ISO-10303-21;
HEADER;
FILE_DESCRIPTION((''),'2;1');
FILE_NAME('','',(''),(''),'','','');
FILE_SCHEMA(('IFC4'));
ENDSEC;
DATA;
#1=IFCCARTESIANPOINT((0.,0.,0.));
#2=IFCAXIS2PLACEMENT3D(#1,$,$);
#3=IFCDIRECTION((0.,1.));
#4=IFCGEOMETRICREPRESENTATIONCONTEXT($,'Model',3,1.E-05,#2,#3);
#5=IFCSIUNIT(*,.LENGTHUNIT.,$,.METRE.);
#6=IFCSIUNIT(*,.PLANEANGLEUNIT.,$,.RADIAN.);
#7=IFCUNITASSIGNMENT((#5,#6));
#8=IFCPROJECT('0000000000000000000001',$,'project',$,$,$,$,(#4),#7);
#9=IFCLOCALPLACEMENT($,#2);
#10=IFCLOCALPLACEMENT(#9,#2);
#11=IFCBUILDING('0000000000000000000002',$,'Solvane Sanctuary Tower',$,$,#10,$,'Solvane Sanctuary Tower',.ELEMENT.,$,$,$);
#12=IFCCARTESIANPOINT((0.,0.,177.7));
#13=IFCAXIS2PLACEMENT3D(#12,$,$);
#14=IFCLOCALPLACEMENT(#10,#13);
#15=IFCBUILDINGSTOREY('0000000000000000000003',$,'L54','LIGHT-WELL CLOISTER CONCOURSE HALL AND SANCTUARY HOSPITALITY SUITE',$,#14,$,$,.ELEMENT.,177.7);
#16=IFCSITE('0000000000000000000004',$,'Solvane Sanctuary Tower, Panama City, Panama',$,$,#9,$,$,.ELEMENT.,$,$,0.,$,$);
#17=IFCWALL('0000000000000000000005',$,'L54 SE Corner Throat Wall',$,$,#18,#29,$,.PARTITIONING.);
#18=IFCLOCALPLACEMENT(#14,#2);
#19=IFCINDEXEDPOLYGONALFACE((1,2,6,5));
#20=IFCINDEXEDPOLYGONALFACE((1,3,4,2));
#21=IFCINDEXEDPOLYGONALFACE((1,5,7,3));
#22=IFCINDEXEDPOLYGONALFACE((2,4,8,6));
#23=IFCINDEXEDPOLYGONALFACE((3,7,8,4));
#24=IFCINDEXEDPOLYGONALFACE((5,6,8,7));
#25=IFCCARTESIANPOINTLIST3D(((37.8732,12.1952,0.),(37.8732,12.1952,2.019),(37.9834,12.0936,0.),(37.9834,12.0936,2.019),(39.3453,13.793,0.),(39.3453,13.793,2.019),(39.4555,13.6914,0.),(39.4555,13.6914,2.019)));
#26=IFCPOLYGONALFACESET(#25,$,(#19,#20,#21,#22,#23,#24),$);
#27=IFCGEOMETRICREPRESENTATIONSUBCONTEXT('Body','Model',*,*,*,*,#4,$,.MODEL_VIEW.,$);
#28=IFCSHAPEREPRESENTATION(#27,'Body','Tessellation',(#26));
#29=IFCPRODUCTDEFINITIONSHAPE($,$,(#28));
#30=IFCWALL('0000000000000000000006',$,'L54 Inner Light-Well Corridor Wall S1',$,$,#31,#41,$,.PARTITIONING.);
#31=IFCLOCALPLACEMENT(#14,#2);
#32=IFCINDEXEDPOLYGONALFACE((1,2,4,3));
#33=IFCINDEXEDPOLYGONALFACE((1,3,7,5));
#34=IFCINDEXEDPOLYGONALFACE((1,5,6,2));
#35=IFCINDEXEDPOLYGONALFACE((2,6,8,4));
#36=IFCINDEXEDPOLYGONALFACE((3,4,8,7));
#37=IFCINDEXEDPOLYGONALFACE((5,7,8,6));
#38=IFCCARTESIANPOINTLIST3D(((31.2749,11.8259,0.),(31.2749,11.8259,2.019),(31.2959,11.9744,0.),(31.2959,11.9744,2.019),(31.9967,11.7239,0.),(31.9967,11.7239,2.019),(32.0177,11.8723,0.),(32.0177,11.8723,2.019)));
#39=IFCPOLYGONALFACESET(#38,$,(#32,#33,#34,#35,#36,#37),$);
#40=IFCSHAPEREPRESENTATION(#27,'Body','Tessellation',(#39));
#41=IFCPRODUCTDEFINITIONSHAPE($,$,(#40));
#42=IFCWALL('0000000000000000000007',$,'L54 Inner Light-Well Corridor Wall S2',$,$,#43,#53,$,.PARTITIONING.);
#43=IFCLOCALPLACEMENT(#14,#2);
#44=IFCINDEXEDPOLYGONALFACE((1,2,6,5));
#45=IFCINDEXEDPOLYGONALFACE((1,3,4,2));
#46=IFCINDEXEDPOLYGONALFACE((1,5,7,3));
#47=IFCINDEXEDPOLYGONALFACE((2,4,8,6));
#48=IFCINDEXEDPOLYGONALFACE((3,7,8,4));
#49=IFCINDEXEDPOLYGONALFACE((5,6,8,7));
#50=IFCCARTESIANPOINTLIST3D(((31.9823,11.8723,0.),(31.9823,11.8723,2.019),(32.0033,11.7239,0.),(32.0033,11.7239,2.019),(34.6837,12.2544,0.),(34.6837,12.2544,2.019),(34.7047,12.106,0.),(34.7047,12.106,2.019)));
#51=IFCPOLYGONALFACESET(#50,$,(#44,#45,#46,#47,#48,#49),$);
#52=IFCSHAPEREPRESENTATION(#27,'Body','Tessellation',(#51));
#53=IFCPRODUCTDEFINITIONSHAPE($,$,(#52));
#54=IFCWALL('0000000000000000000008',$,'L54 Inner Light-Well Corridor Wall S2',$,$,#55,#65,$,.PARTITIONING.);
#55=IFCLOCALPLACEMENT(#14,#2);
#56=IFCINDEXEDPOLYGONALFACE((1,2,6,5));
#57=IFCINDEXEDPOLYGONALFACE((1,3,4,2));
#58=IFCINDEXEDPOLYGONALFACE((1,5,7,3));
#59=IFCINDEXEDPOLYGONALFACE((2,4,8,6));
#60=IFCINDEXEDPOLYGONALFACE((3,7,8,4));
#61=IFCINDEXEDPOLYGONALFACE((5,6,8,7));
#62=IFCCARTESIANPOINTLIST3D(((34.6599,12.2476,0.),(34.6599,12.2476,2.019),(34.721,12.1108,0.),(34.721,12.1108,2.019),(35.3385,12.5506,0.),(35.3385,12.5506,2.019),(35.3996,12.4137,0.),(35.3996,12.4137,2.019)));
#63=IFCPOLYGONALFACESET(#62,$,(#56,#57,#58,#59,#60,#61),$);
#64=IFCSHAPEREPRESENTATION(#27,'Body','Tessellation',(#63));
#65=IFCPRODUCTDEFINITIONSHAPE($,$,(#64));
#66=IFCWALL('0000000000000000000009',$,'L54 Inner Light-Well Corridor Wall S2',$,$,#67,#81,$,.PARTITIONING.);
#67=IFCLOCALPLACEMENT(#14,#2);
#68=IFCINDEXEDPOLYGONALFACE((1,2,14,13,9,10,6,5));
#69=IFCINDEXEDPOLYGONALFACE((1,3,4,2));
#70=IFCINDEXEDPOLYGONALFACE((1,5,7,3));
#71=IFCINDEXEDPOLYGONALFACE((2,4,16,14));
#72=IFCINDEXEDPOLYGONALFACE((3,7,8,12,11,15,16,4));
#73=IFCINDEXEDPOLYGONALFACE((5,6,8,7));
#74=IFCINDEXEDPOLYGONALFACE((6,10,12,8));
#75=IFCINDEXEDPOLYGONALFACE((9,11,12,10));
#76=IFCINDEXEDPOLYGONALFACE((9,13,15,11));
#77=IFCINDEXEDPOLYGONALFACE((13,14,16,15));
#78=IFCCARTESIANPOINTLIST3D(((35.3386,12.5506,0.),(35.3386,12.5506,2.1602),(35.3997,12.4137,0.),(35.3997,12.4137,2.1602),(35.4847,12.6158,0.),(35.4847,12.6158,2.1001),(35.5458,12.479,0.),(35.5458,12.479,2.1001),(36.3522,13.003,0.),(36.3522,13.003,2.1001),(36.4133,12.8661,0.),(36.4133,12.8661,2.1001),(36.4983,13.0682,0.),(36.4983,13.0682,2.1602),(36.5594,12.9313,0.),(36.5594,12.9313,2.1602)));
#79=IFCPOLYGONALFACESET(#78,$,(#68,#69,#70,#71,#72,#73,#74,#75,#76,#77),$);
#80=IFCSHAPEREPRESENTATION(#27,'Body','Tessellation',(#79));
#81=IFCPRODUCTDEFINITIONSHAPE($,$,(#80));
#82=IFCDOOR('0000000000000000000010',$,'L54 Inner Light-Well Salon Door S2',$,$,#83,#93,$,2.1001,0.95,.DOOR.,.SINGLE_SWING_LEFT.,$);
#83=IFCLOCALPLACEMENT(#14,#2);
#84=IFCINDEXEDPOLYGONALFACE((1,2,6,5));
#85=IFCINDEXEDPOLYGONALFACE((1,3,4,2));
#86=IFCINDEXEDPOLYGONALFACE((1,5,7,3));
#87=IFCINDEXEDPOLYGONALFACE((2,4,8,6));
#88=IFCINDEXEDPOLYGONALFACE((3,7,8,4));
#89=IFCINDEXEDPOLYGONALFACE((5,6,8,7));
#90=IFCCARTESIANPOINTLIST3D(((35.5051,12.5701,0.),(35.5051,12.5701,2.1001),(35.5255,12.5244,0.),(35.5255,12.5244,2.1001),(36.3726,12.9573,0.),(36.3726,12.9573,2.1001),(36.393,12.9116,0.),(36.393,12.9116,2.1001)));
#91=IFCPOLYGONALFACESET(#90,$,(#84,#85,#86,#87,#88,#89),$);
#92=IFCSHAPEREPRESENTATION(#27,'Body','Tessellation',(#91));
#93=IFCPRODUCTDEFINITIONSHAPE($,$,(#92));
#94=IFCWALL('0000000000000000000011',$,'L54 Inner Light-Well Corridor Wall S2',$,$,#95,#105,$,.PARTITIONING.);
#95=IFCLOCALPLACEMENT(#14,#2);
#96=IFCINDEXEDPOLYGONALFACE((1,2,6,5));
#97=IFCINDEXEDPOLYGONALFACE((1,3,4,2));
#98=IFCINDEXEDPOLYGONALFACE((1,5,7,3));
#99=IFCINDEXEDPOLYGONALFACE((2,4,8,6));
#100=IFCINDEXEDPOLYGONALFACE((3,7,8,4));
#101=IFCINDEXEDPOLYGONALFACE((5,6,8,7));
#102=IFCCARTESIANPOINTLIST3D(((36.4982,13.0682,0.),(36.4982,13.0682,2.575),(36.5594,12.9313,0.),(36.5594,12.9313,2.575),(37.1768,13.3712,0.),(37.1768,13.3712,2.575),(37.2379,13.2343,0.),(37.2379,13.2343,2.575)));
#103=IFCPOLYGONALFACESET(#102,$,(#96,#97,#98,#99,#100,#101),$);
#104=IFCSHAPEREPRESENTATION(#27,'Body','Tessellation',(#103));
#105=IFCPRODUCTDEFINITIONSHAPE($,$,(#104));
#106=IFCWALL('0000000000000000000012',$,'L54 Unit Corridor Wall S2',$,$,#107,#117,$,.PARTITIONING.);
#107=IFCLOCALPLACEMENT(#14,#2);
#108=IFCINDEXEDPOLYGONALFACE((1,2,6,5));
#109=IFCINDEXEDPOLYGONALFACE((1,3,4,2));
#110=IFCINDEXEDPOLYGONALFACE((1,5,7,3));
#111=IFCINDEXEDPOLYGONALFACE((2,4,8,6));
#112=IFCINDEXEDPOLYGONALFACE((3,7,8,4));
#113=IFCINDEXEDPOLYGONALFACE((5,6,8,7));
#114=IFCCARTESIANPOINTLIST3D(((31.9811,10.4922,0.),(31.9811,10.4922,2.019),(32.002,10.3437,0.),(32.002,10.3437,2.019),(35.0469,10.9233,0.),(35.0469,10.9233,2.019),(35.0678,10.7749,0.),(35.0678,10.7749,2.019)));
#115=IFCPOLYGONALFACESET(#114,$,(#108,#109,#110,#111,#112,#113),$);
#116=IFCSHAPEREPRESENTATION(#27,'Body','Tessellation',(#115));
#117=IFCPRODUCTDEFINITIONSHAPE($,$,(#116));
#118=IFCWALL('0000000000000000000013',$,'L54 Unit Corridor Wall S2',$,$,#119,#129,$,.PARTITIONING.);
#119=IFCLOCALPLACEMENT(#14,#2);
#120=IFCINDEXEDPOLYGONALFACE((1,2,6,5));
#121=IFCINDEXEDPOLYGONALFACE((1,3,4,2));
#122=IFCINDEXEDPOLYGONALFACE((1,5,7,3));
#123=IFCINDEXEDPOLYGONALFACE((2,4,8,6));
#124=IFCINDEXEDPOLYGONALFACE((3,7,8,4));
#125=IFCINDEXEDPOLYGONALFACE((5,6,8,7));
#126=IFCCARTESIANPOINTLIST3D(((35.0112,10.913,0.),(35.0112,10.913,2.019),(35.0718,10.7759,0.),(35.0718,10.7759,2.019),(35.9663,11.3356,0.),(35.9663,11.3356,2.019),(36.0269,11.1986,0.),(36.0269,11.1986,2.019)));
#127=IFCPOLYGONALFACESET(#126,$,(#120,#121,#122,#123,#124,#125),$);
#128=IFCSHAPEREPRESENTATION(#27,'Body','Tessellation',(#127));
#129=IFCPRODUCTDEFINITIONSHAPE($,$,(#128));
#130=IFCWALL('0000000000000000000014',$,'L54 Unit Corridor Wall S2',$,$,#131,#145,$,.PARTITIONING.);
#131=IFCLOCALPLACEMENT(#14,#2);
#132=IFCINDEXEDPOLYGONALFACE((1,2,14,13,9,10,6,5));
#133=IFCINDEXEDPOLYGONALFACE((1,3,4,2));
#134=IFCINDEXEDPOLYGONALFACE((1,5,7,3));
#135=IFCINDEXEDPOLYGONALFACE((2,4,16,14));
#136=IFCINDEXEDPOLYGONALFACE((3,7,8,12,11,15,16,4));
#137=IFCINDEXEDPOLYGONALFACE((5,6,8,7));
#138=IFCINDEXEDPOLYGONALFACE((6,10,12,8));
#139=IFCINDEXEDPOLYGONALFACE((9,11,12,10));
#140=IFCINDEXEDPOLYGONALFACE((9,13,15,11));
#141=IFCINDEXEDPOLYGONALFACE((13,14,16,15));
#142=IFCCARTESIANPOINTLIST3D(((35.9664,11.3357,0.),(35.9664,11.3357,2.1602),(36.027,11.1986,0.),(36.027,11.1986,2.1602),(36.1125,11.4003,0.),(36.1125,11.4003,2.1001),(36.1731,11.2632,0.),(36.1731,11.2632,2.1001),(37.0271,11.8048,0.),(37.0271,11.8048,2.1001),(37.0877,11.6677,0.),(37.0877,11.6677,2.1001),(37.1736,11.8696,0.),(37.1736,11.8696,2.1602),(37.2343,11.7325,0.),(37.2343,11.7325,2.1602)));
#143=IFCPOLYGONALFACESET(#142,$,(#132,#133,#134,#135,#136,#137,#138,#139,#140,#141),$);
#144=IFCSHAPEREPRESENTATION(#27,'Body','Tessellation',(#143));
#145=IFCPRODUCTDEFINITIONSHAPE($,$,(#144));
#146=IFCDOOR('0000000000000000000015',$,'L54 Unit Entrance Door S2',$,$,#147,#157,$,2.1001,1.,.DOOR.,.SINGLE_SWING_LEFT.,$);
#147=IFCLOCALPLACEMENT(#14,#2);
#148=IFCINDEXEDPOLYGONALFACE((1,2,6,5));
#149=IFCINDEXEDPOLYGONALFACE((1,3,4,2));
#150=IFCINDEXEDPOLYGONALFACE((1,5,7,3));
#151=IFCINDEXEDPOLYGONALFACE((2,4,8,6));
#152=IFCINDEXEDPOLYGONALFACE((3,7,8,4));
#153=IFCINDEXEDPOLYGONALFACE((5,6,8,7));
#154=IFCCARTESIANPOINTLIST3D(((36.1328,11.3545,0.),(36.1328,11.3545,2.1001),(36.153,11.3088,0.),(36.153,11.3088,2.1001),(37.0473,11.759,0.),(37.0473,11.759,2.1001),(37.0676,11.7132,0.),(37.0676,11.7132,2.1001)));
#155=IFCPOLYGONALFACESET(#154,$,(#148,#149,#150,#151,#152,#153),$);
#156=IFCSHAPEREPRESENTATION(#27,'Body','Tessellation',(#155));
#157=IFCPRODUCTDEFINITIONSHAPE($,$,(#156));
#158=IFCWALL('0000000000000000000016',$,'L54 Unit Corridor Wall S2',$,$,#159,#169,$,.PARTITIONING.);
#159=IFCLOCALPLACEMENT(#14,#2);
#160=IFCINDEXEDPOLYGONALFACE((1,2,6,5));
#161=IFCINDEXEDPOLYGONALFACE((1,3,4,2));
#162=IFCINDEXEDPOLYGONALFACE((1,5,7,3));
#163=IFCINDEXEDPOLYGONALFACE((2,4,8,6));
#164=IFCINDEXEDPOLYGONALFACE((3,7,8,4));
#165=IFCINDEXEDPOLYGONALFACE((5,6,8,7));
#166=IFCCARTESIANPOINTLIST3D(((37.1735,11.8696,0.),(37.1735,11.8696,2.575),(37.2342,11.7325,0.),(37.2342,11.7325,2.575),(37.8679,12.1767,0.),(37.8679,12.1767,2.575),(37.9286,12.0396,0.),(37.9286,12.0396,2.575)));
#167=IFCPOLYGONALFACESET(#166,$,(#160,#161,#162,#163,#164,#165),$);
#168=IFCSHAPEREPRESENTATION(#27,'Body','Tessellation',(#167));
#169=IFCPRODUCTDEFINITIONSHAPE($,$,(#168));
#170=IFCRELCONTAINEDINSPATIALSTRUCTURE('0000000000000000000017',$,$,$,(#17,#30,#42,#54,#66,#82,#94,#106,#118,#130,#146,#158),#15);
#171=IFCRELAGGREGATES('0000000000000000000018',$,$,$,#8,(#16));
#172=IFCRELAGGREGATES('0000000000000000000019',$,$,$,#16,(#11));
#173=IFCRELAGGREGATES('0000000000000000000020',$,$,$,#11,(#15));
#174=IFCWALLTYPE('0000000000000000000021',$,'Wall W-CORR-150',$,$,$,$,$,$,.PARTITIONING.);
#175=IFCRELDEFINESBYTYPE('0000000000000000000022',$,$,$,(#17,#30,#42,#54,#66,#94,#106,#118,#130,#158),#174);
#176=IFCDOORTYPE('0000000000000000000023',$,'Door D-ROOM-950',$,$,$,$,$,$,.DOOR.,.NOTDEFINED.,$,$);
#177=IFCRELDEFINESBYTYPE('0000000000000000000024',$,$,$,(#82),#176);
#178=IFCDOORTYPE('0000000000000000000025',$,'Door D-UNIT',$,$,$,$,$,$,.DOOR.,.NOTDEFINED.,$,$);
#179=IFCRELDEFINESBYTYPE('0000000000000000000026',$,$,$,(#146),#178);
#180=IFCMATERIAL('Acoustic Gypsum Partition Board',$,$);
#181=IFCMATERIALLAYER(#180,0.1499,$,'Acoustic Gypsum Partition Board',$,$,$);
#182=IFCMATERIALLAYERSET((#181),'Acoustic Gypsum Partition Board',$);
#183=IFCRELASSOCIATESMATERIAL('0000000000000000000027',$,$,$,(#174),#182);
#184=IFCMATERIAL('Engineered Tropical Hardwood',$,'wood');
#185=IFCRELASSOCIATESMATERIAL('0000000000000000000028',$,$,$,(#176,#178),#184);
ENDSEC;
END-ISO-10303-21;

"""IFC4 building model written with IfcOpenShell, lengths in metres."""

from ifc_helpers import new_model, si_unit, direction, frame, frame_2d, origin, place, context, subcontext, project, spatial, rectangle, extrude, material, layer, layer_set, type_object, element, fill, save


model = new_model("IFC4")

# Units and contexts
model_context = context("Model", 3, precision=1e-05, world=origin(), true_north=direction((0.0, 1.0)))
body_context = subcontext(model_context, "Body", "Model", "MODEL_VIEW")
ifc_project = project(units=[si_unit("LENGTHUNIT", "METRE"), si_unit("PLANEANGLEUNIT", "RADIAN")], contexts=[model_context])

# Site, building, storey
site_placement = place(None, origin())
site = spatial("IfcSite", under=ifc_project, at=site_placement, Name="Solvane Sanctuary Tower, Panama City, Panama", CompositionType="ELEMENT", RefElevation=0.0)
building_placement = place(site_placement, origin())
building = spatial("IfcBuilding", under=site, at=building_placement, Name="Solvane Sanctuary Tower", LongName="Solvane Sanctuary Tower", CompositionType="ELEMENT")
storey_placement = place(building_placement, frame((0.0, 0.0, 177.7)))
storey = spatial("IfcBuildingStorey", under=building, at=storey_placement, Name="L54", Description="LIGHT-WELL CLOISTER CONCOURSE HALL AND SANCTUARY HOSPITALITY SUITE", CompositionType="ELEMENT", Elevation=177.7)

# Walls
ifc_material_1 = material(Name="Acoustic Gypsum Partition Board")
ifc_layer_1 = layer(ifc_material_1, 0.1499, Name="Acoustic Gypsum Partition Board")
ifc_layer_set_1 = layer_set([ifc_layer_1], Name="Acoustic Gypsum Partition Board")
wall_type_1 = type_object("IfcWallType", Name="Wall W-CORR-150", PredefinedType="PARTITIONING", material=ifc_layer_set_1)
wall_1_placement = place(storey_placement, frame((37.9282, 12.1443, 0.0), z_axis=(0.0, 0.0, 1.0), x_axis=(0.67758, 0.735449, 0.0)))
element("IfcWall", 1, at=wall_1_placement, inside=storey, type_object=wall_type_1, Name="L54 SE Corner Throat Wall", PredefinedType="PARTITIONING", context=body_context, shape_type="SweptSolid", body=[
    extrude(rectangle(XDim=2.1726, YDim=0.1499, at=frame_2d((1.0864, 0.0))), origin(), (0.0, 0.0, 1.0), 2.019),
])
wall_2_placement = place(storey_placement, frame((31.2854, 11.9001, 0.0), z_axis=(0.0, 0.0, 1.0), x_axis=(0.990156, -0.139968, 0.0)))
element("IfcWall", 2, at=wall_2_placement, inside=storey, type_object=wall_type_1, Name="L54 Inner Light-Well Corridor Wall S1", PredefinedType="PARTITIONING", context=body_context, shape_type="SweptSolid", body=[
    extrude(rectangle(XDim=0.729, YDim=0.1499, at=frame_2d((0.3645, 0.0))), origin(), (0.0, 0.0, 1.0), 2.019),
])
wall_3_placement = place(storey_placement, frame((31.9927, 11.7981, 0.0), z_axis=(0.0, 0.0, 1.0), x_axis=(0.990145, 0.140043, 0.0)))
element("IfcWall", 3, at=wall_3_placement, inside=storey, type_object=wall_type_1, Name="L54 Inner Light-Well Corridor Wall S2", PredefinedType="PARTITIONING", context=body_context, shape_type="SweptSolid", body=[
    extrude(rectangle(XDim=2.7283, YDim=0.1499, at=frame_2d((1.3643, 0.0))), origin(), (0.0, 0.0, 1.0), 2.019),
])
wall_4_placement = place(storey_placement, frame((34.6904, 12.1792, 0.0), z_axis=(0.0, 0.0, 1.0), x_axis=(0.913147, 0.407631, 0.0)))
element("IfcWall", 4, at=wall_4_placement, inside=storey, type_object=wall_type_1, Name="L54 Inner Light-Well Corridor Wall S2", PredefinedType="PARTITIONING", context=body_context, shape_type="SweptSolid", body=[
    extrude(rectangle(XDim=0.7432, YDim=0.1499, at=frame_2d((0.3716, 0.0))), origin(), (0.0, 0.0, 1.0), 2.019),
])

# Wall, opening, door
wall_5_placement = place(storey_placement, frame((35.3691, 12.4822, 0.0), z_axis=(0.0, 0.0, 1.0), x_axis=(0.913176, 0.407565, 0.0)))
wall_5 = element("IfcWall", 5, at=wall_5_placement, inside=storey, type_object=wall_type_1, Name="L54 Inner Light-Well Corridor Wall S2", PredefinedType="PARTITIONING", context=body_context, shape_type="SweptSolid", body=[
    extrude(rectangle(XDim=1.27, YDim=0.1499, at=frame_2d((0.635, 0.0))), origin(), (0.0, 0.0, 1.0), 2.1602),
])
opening_1_placement = place(wall_5_placement, frame((0.1599, 0.0, 0.0)))
opening_1 = element("IfcOpeningElement", 6, at=opening_1_placement, cuts=wall_5, PredefinedType="OPENING", context=body_context, shape_type="SweptSolid", body=[
    extrude(rectangle(XDim=0.95, YDim=2.1001, at=frame_2d((0.4751, 1.05))), frame((0.0, 0.085, 0.0), z_axis=(0.0, -1.0, 0.0), x_axis=(1.0, 0.0, 0.0)), (0.0, 0.0, 1.0), 0.1699),
])
ifc_material_2 = material(Name="Engineered Tropical Hardwood", Category="wood")
door_type_1 = type_object("IfcDoorType", Name="Door D-ROOM-950", OperationType="NOTDEFINED", PredefinedType="DOOR", material=ifc_material_2)
door_1_placement = place(opening_1_placement, origin())
door_1 = element("IfcDoor", 7, at=door_1_placement, inside=storey, type_object=door_type_1, Name="L54 Inner Light-Well Salon Door S2", OperationType="SINGLE_SWING_LEFT", OverallHeight=2.1001, OverallWidth=0.95, PredefinedType="DOOR", context=body_context, shape_type="SweptSolid", body=[
    extrude(rectangle(XDim=0.95, YDim=2.1001, at=frame_2d((0.4751, 1.05))), frame((0.0, 0.0249, 0.0), z_axis=(0.0, -1.0, 0.0), x_axis=(1.0, 0.0, 0.0)), (0.0, 0.0, 1.0), 0.05),
])
fill(opening_1, door_1)

# Walls
wall_6_placement = place(storey_placement, frame((36.5288, 12.9998, 0.0), z_axis=(0.0, 0.0, 1.0), x_axis=(0.913092, 0.407754, 0.0)))
element("IfcWall", 8, at=wall_6_placement, inside=storey, type_object=wall_type_1, Name="L54 Inner Light-Well Corridor Wall S2", PredefinedType="PARTITIONING", context=body_context, shape_type="SweptSolid", body=[
    extrude(rectangle(XDim=0.7432, YDim=0.1499, at=frame_2d((0.3716, 0.0))), origin(), (0.0, 0.0, 1.0), 2.575),
])
wall_7_placement = place(storey_placement, frame((31.9917, 10.418, 0.0), z_axis=(0.0, 0.0, 1.0), x_axis=(0.990255, 0.139268, 0.0)))
element("IfcWall", 9, at=wall_7_placement, inside=storey, type_object=wall_type_1, Name="L54 Unit Corridor Wall S2", PredefinedType="PARTITIONING", context=body_context, shape_type="SweptSolid", body=[
    extrude(rectangle(XDim=3.0959, YDim=0.1499, at=frame_2d((1.5479, 0.0))), origin(), (0.0, 0.0, 1.0), 2.019),
])
wall_8_placement = place(storey_placement, frame((35.0415, 10.8445, 0.0), z_axis=(0.0, 0.0, 1.0), x_axis=(0.914475, 0.404641, 0.0)))
element("IfcWall", 10, at=wall_8_placement, inside=storey, type_object=wall_type_1, Name="L54 Unit Corridor Wall S2", PredefinedType="PARTITIONING", context=body_context, shape_type="SweptSolid", body=[
    extrude(rectangle(XDim=1.0444, YDim=0.1499, at=frame_2d((0.5222, 0.0))), origin(), (0.0, 0.0, 1.0), 2.019),
])

# Wall, opening, door
wall_9_placement = place(storey_placement, frame((35.9966, 11.2671, 0.0), z_axis=(0.0, 0.0, 1.0), x_axis=(0.91455, 0.404473, 0.0)))
wall_9 = element("IfcWall", 11, at=wall_9_placement, inside=storey, type_object=wall_type_1, Name="L54 Unit Corridor Wall S2", PredefinedType="PARTITIONING", context=body_context, shape_type="SweptSolid", body=[
    extrude(rectangle(XDim=1.3201, YDim=0.1499, at=frame_2d((0.6602, 0.0))), origin(), (0.0, 0.0, 1.0), 2.1602),
])
opening_2_placement = place(wall_9_placement, frame((0.1599, 0.0, 0.0)))
opening_2 = element("IfcOpeningElement", 12, at=opening_2_placement, cuts=wall_9, PredefinedType="OPENING", context=body_context, shape_type="SweptSolid", body=[
    extrude(rectangle(XDim=1.0, YDim=2.1001, at=frame_2d((0.5, 1.05))), frame((0.0, 0.085, 0.0), z_axis=(0.0, -1.0, 0.0), x_axis=(1.0, 0.0, 0.0)), (0.0, 0.0, 1.0), 0.1699),
])
door_type_2 = type_object("IfcDoorType", Name="Door D-UNIT", OperationType="NOTDEFINED", PredefinedType="DOOR", material=ifc_material_2)
door_2_placement = place(opening_2_placement, origin())
door_2 = element("IfcDoor", 13, at=door_2_placement, inside=storey, type_object=door_type_2, Name="L54 Unit Entrance Door S2", OperationType="SINGLE_SWING_LEFT", OverallHeight=2.1001, OverallWidth=1.0, PredefinedType="DOOR", context=body_context, shape_type="SweptSolid", body=[
    extrude(rectangle(XDim=1.0, YDim=2.1001, at=frame_2d((0.5, 1.05))), frame((0.0, 0.0249, 0.0), z_axis=(0.0, -1.0, 0.0), x_axis=(1.0, 0.0, 0.0)), (0.0, 0.0, 1.0), 0.05),
])
fill(opening_2, door_2)

# Wall
wall_10_placement = place(storey_placement, frame((37.2039, 11.801, 0.0), z_axis=(0.0, 0.0, 1.0), x_axis=(0.914526, 0.404527, 0.0)))
element("IfcWall", 14, at=wall_10_placement, inside=storey, type_object=wall_type_1, Name="L54 Unit Corridor Wall S2", PredefinedType="PARTITIONING", context=body_context, shape_type="SweptSolid", body=[
    extrude(rectangle(XDim=0.7593, YDim=0.1499, at=frame_2d((0.3796, 0.0))), origin(), (0.0, 0.0, 1.0), 2.575),
])

save(model, "model.ifc")
